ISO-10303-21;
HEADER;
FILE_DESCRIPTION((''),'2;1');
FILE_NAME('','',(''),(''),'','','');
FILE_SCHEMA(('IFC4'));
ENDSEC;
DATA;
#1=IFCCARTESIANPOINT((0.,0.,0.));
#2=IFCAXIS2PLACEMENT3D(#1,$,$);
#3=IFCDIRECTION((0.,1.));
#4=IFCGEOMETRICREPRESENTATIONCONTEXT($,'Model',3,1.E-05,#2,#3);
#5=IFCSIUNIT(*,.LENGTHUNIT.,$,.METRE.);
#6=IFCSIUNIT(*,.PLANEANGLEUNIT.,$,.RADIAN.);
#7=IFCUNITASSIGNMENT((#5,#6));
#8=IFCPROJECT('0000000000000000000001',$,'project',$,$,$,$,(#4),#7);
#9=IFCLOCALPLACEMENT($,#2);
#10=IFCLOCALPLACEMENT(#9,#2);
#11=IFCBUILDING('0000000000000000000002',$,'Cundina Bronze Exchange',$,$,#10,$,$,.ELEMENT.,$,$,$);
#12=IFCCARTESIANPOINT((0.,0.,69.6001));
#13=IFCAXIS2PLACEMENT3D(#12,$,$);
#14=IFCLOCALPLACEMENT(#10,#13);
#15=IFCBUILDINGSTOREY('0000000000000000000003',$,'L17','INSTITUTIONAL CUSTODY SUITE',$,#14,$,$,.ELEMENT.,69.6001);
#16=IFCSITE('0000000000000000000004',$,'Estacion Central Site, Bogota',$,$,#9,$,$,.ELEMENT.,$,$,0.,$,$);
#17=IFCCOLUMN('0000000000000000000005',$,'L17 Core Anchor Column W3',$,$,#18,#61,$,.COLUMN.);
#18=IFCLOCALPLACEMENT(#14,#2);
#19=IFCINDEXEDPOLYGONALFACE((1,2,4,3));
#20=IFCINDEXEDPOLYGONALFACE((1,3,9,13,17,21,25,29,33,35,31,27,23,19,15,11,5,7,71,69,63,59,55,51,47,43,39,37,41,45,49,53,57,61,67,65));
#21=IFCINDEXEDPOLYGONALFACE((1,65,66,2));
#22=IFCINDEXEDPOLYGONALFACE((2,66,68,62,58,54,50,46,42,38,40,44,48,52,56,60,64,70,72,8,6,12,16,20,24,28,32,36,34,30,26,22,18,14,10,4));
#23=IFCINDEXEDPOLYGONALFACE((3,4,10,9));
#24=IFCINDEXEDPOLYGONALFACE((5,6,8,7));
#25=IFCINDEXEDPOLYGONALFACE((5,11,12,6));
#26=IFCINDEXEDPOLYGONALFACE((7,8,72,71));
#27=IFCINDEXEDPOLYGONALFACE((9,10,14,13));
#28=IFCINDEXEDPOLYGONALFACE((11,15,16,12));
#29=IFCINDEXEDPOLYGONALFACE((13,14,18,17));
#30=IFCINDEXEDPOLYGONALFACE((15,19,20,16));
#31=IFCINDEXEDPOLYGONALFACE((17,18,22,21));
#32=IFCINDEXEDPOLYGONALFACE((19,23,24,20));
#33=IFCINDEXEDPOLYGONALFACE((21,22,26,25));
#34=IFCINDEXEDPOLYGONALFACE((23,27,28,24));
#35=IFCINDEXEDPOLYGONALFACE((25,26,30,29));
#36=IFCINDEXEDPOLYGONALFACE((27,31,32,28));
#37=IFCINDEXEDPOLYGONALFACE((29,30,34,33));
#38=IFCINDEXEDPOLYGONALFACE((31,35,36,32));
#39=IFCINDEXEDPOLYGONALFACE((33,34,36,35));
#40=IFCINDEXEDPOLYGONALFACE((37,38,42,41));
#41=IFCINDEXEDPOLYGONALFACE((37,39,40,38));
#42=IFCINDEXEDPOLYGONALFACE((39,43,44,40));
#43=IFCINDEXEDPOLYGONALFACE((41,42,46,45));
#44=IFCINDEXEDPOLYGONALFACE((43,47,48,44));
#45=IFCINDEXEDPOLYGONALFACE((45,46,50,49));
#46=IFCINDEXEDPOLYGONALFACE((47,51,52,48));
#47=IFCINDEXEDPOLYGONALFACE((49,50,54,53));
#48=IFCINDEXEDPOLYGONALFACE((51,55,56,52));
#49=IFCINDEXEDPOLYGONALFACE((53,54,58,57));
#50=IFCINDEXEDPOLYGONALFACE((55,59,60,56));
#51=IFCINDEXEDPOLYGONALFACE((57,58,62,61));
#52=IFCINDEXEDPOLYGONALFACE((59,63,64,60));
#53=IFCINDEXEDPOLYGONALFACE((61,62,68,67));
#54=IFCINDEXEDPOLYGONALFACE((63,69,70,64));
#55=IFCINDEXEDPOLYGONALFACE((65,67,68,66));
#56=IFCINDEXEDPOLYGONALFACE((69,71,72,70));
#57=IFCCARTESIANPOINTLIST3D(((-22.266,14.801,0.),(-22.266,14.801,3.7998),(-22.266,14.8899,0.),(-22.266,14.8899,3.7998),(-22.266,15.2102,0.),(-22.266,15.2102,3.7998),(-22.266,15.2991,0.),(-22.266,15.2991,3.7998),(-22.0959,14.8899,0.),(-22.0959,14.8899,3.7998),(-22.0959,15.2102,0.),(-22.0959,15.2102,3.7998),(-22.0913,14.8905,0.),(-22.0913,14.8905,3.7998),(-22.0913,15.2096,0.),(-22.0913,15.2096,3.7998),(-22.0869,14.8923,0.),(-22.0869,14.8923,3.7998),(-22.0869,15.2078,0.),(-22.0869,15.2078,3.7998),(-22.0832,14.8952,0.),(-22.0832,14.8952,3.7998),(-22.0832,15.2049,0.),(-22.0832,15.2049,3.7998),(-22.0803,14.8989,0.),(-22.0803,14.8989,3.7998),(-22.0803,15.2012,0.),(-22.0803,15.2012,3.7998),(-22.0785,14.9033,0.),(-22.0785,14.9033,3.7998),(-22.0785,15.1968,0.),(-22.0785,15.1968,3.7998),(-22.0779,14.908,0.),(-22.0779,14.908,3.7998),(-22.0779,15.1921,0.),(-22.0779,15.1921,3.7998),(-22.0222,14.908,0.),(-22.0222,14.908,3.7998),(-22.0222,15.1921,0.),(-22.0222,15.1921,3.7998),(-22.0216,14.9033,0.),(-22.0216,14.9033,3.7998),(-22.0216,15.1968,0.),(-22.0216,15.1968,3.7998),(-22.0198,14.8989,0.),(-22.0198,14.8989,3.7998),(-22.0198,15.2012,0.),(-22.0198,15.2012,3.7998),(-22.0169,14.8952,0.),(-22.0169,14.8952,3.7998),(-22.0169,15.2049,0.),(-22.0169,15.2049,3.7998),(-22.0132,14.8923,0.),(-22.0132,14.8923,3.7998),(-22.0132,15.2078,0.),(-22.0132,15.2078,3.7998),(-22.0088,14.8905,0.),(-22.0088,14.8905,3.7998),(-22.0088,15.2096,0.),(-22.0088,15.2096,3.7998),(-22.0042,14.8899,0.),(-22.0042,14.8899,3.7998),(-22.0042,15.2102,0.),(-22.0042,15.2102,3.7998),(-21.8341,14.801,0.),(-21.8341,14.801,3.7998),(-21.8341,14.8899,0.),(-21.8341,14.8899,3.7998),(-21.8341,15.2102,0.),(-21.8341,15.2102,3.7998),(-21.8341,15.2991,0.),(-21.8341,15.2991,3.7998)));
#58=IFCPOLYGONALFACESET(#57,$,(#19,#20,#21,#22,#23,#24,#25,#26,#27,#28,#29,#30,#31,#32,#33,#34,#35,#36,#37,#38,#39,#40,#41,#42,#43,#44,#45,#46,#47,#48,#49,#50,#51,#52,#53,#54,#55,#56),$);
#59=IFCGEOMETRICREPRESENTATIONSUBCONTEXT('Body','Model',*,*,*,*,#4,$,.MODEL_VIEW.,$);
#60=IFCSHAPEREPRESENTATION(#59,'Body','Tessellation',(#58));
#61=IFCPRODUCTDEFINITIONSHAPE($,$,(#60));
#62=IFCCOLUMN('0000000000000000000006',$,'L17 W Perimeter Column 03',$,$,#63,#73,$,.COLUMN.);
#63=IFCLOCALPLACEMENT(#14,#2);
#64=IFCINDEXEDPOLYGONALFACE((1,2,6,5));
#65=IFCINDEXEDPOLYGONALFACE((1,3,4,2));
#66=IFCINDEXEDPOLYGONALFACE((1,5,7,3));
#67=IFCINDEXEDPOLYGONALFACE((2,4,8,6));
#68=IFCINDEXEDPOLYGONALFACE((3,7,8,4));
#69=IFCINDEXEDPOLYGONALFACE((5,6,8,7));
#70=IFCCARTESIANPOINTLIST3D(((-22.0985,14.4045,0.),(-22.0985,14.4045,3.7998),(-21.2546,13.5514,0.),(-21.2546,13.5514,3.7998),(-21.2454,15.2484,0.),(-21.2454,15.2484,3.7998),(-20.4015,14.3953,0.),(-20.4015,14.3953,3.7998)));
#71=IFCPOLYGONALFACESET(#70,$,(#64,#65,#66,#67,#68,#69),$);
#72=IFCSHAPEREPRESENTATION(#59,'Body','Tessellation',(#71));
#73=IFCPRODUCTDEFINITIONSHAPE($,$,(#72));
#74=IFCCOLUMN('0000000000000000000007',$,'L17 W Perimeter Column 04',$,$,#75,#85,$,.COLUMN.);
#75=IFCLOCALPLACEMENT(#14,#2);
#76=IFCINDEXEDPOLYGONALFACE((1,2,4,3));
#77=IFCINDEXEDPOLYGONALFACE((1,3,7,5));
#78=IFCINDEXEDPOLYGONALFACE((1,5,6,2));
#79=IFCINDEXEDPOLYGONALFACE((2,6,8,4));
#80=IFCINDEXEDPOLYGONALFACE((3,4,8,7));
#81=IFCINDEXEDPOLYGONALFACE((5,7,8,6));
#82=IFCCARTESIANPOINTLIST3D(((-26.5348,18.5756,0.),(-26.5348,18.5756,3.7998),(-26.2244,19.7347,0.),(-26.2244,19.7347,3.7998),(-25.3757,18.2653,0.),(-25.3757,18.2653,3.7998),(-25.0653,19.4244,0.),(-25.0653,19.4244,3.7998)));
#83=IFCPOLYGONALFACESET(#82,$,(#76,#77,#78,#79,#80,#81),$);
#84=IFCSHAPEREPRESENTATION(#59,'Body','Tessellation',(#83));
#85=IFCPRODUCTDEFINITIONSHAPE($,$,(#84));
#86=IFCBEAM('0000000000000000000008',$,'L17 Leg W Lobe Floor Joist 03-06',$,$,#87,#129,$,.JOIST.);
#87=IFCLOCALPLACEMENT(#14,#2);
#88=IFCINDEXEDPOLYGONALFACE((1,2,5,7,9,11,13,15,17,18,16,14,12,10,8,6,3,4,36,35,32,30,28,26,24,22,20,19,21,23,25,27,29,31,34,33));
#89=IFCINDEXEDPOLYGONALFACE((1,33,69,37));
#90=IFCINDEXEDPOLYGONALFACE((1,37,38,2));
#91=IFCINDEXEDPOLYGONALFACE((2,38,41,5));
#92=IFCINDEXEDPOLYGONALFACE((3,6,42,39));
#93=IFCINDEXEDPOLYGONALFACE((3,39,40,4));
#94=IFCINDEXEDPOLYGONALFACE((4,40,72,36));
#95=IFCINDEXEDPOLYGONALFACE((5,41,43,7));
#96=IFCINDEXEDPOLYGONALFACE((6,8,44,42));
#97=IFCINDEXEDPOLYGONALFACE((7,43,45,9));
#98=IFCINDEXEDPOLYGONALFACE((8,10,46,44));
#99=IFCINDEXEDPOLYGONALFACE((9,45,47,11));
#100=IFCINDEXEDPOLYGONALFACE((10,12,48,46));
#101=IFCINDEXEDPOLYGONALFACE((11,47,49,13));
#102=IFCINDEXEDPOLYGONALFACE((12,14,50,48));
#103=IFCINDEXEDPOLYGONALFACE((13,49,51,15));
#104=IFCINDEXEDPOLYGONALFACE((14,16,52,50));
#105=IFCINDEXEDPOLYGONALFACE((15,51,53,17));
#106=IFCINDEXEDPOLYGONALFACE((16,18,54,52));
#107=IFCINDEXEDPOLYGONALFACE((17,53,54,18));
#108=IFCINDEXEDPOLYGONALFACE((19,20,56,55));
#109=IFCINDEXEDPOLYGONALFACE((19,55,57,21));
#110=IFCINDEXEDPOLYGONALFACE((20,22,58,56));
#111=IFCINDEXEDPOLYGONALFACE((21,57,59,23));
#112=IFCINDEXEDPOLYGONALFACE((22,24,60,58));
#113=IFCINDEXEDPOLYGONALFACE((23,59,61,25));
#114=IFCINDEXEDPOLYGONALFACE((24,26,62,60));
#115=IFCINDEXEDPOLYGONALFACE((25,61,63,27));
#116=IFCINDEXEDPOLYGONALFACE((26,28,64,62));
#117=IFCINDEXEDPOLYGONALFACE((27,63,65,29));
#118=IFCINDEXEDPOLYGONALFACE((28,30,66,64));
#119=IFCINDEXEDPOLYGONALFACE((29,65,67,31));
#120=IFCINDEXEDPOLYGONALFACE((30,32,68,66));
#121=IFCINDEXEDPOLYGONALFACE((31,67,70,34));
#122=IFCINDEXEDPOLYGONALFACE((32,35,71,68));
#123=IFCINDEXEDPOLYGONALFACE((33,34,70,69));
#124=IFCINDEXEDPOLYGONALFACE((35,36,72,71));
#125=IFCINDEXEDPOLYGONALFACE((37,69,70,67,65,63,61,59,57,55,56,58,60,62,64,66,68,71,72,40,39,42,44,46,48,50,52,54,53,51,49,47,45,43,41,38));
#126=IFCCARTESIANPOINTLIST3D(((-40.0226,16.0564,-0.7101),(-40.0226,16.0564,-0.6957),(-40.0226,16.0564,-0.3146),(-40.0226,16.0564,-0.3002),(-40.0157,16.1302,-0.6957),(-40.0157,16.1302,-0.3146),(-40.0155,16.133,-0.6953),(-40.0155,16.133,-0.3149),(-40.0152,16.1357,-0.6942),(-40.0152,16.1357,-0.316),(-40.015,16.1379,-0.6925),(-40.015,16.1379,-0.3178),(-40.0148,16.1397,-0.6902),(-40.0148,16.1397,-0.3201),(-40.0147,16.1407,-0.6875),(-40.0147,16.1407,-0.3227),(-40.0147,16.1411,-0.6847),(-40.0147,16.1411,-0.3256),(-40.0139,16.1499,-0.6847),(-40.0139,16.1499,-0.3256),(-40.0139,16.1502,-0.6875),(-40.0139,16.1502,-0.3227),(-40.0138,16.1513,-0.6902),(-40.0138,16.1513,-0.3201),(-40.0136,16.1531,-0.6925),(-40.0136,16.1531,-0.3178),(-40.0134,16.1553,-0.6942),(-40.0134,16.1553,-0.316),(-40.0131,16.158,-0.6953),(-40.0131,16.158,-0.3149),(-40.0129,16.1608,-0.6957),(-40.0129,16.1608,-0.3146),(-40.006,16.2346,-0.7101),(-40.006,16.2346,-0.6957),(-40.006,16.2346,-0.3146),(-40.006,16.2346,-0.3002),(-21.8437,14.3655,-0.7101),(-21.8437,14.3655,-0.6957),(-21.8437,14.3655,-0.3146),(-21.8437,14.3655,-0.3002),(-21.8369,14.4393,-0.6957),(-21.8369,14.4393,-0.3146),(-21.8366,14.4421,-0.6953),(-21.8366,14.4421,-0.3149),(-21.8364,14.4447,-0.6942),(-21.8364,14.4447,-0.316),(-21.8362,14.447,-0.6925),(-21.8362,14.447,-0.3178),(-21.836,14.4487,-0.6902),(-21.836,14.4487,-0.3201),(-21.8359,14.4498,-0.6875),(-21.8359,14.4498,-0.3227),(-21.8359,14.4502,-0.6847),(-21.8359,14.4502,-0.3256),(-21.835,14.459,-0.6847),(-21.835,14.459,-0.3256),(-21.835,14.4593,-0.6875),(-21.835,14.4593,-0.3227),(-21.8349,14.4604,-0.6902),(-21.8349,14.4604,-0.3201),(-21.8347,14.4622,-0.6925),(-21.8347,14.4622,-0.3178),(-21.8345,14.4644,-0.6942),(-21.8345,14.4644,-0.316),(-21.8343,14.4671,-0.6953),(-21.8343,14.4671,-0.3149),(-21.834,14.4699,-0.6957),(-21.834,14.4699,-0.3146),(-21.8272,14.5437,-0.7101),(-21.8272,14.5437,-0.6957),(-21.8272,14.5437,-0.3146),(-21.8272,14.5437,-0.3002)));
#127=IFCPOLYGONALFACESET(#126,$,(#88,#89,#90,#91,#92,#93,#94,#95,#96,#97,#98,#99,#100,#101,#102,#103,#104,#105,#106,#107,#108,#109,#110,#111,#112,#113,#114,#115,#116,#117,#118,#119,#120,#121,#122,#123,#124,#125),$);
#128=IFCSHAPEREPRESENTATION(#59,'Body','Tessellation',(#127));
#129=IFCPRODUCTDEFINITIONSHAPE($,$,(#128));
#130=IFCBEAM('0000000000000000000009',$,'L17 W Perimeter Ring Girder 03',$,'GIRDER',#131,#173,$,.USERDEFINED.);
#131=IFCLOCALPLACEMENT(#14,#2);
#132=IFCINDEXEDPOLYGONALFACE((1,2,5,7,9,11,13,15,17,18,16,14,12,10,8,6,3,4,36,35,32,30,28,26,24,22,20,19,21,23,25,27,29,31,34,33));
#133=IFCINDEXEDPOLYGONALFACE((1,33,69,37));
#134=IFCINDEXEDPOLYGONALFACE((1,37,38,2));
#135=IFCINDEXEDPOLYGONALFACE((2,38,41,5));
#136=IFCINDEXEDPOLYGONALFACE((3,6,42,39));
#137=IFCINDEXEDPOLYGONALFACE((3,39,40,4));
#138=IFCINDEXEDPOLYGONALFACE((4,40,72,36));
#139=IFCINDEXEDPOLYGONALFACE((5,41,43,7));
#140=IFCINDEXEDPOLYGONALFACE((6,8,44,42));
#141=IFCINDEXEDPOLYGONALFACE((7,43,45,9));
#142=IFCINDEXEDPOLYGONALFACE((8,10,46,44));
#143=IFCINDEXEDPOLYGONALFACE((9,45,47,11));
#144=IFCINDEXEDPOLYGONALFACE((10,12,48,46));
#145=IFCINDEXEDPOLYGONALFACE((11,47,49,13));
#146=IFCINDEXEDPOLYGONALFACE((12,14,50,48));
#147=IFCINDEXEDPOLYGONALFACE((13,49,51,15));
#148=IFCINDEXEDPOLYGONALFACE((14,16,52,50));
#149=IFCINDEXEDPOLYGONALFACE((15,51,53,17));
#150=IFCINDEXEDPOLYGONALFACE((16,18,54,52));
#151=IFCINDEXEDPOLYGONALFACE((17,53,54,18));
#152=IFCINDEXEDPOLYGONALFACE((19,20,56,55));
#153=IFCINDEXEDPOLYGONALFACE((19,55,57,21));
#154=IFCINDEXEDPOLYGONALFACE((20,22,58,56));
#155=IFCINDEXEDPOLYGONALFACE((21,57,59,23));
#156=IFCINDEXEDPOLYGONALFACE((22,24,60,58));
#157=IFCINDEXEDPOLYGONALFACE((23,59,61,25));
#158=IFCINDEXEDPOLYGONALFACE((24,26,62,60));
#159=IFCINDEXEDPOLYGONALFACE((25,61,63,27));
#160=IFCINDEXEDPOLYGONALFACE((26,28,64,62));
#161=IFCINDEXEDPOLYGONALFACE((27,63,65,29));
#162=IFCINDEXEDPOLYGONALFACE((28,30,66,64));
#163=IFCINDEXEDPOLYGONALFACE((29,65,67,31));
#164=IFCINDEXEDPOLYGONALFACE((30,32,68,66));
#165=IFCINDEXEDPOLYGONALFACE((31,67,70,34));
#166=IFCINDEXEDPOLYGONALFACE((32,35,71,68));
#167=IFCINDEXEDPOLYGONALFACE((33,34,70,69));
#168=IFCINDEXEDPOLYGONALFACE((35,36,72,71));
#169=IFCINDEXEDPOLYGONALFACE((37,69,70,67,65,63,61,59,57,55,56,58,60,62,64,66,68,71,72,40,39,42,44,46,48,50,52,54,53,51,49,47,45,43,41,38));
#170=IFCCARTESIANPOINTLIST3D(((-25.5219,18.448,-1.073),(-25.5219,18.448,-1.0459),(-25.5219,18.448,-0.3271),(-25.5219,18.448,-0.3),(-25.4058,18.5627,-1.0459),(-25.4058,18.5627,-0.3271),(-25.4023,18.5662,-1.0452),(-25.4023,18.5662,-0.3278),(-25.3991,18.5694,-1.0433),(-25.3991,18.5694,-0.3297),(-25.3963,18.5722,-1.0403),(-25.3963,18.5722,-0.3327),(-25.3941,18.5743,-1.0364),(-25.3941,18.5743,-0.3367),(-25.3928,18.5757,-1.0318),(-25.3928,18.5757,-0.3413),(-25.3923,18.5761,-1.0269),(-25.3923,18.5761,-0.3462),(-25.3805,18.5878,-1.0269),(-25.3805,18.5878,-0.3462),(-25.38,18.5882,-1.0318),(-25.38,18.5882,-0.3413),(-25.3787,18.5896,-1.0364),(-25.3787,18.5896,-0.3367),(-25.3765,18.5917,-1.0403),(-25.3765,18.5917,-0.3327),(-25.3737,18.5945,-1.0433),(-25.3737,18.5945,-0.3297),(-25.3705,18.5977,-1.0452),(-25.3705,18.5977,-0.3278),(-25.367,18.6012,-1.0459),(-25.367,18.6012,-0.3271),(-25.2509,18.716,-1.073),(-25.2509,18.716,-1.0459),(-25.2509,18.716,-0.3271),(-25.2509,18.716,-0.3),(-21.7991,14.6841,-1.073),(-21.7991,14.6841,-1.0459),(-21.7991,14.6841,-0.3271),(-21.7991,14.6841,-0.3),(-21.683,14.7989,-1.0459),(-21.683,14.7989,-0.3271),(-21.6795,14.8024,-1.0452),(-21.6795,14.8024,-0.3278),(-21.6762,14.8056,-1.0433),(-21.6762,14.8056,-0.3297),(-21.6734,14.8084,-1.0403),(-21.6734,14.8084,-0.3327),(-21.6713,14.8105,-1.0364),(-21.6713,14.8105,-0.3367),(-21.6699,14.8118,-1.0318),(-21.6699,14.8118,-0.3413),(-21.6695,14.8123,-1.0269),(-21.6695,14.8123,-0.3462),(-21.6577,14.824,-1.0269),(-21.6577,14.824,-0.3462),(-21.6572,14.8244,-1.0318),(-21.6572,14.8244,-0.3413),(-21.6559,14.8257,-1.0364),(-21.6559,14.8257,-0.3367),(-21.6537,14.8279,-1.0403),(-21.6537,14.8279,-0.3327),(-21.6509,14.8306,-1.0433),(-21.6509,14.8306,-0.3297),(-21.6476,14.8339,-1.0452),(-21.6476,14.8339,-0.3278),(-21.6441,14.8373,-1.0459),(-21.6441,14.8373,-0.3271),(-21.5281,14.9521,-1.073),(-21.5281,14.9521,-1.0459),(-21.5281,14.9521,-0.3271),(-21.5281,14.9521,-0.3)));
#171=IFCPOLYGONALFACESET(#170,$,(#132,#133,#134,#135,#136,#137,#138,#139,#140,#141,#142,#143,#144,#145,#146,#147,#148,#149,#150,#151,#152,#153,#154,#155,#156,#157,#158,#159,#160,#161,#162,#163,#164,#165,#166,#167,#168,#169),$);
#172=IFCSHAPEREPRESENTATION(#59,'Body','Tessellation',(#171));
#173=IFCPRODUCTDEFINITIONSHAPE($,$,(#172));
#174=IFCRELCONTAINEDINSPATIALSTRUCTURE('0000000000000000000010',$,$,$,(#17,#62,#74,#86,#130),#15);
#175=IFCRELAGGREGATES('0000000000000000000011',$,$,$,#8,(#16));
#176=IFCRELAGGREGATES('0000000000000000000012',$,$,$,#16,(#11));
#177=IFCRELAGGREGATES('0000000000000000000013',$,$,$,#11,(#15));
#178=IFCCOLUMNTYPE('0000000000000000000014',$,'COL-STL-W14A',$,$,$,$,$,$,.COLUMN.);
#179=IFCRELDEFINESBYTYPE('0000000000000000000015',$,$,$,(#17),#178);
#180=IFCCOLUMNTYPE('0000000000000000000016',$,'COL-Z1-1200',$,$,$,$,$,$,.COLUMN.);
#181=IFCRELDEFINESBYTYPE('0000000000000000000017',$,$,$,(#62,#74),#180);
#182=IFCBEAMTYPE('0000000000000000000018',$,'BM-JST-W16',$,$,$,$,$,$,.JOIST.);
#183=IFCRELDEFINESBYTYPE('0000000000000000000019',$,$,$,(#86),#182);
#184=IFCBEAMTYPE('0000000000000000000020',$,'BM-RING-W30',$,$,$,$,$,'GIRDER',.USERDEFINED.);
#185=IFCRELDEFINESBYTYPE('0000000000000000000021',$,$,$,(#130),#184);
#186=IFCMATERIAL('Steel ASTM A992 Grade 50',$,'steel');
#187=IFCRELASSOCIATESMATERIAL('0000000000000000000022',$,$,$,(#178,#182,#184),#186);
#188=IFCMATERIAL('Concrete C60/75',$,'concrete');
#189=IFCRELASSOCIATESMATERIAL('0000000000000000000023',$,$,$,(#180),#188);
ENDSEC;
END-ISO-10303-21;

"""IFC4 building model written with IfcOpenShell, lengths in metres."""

from ifc_helpers import new_model, si_unit, direction, frame, origin, origin_2d, place, context, subcontext, project, spatial, rectangle, i_section, extrude, material, material_profile, profile_set, type_object, element, save


model = new_model("IFC4")

# Units and contexts
model_context = context("Model", 3, precision=1e-05, world=origin(), true_north=direction((0.0, 1.0)))
body_context = subcontext(model_context, "Body", "Model", "MODEL_VIEW")
ifc_project = project(units=[si_unit("LENGTHUNIT", "METRE"), si_unit("PLANEANGLEUNIT", "RADIAN")], contexts=[model_context])

# Site, building, storey
site_placement = place(None, origin())
site = spatial("IfcSite", under=ifc_project, at=site_placement, Name="Estacion Central Site, Bogota", CompositionType="ELEMENT", RefElevation=0.0)
building_placement = place(site_placement, origin())
building = spatial("IfcBuilding", under=site, at=building_placement, Name="Cundina Bronze Exchange", CompositionType="ELEMENT")
storey_placement = place(building_placement, frame((0.0, 0.0, 69.6001)))
storey = spatial("IfcBuildingStorey", under=building, at=storey_placement, Name="L17", Description="INSTITUTIONAL CUSTODY SUITE", CompositionType="ELEMENT", Elevation=69.6001)

# Columns
ifc_material_1 = material(Name="Steel ASTM A992 Grade 50", Category="steel")
ifc_material_profile_1 = material_profile(ifc_material_1, i_section(OverallWidth=0.4319, OverallDepth=0.498, WebThickness=0.0557, FlangeThickness=0.0889, FilletRadius=0.0181, at=origin_2d()), Name="W14X500", Category="steel")
ifc_profile_set_1 = profile_set([ifc_material_profile_1], Name="Steel ASTM A992 Grade 50")
column_type_1 = type_object("IfcColumnType", Name="COL-STL-W14A", PredefinedType="COLUMN", material=ifc_profile_set_1)
column_placement = place(storey_placement, frame((-22.05, 15.05, 0.0), z_axis=(0.0, 0.0, 1.0), x_axis=(1.0, 0.0, 0.0)))
element("IfcColumn", 1, at=column_placement, inside=storey, type_object=column_type_1, Name="L17 Core Anchor Column W3", PredefinedType="COLUMN", context=body_context, shape_type="SweptSolid", body=[
    extrude(i_section(OverallWidth=0.4319, OverallDepth=0.498, WebThickness=0.0557, FlangeThickness=0.0889, FilletRadius=0.0181, at=origin_2d()), origin(), (0.0, 0.0, 1.0), 3.7998),
])
ifc_material_2 = material(Name="Concrete C60/75", Category="concrete")
ifc_material_profile_2 = material_profile(ifc_material_2, rectangle(XDim=1.2, YDim=1.2, at=origin_2d()), Name="RC1200X1200", Category="concrete")
ifc_profile_set_2 = profile_set([ifc_material_profile_2], Name="Concrete C60/75")
column_type_2 = type_object("IfcColumnType", Name="COL-Z1-1200", PredefinedType="COLUMN", material=ifc_profile_set_2)
for number, where, z_axis, x_axis, name in (
    (2, (-21.25, 14.3999, 0.0), (0.0, 0.0, 1.0), (-0.703271, 0.710922, 0.0), "L17 W Perimeter Column 03"),
    (3, (-25.8, 19.0, 0.0), (0.0, 0.0, 1.0), (-0.965971, 0.25865, 0.0), "L17 W Perimeter Column 04"),
):
    element("IfcColumn", number, at=place(storey_placement, frame(where, z_axis=z_axis, x_axis=x_axis)), inside=storey, type_object=column_type_2, Name=name, PredefinedType="COLUMN", context=body_context, shape_type="SweptSolid", body=[
        extrude(rectangle(XDim=1.2, YDim=1.2, at=origin_2d()), origin(), (0.0, 0.0, 1.0), 3.7998),
    ])

# Beams
ifc_material_profile_3 = material_profile(ifc_material_1, i_section(OverallWidth=0.179, OverallDepth=0.4099, WebThickness=0.0088, FlangeThickness=0.0144, FilletRadius=0.011, at=origin_2d()), Name="W16X45", Category="steel")
ifc_profile_set_3 = profile_set([ifc_material_profile_3], Name="Steel ASTM A992 Grade 50")
beam_type_1 = type_object("IfcBeamType", Name="BM-JST-W16", PredefinedType="JOIST", material=ifc_profile_set_3)
beam_1_placement = place(storey_placement, frame((-21.8354, 14.4546, -0.5051), z_axis=(-0.995702, 0.092615, 0.0), x_axis=(-0.092615, -0.995702, 0.0)))
element("IfcBeam", 4, at=beam_1_placement, inside=storey, type_object=beam_type_1, Name="L17 Leg W Lobe Floor Joist 03-06", PredefinedType="JOIST", context=body_context, shape_type="SweptSolid", body=[
    extrude(i_section(OverallWidth=0.179, OverallDepth=0.4099, WebThickness=0.0088, FlangeThickness=0.0144, FilletRadius=0.011, at=origin_2d()), origin(), (0.0, 0.0, 1.0), 18.2573),
])
ifc_material_profile_4 = material_profile(ifc_material_1, i_section(OverallWidth=0.3811, OverallDepth=0.7729, WebThickness=0.0166, FlangeThickness=0.0271, FilletRadius=0.019, at=origin_2d()), Name="W30X173", Category="steel")
ifc_profile_set_4 = profile_set([ifc_material_profile_4], Name="Steel ASTM A992 Grade 50")
beam_type_2 = type_object("IfcBeamType", Name="BM-RING-W30", ElementType="GIRDER", PredefinedType="USERDEFINED", material=ifc_profile_set_4)
beam_2_placement = place(storey_placement, frame((-21.6636, 14.8181, -0.6865), z_axis=(-0.703222, 0.71097, 0.0), x_axis=(-0.71097, -0.703222, 0.0)))
element("IfcBeam", 5, at=beam_2_placement, inside=storey, type_object=beam_type_2, Name="L17 W Perimeter Ring Girder 03", ObjectType="GIRDER", PredefinedType="USERDEFINED", context=body_context, shape_type="SweptSolid", body=[
    extrude(i_section(OverallWidth=0.3811, OverallDepth=0.7729, WebThickness=0.0166, FlangeThickness=0.0271, FilletRadius=0.019, at=origin_2d()), origin(), (0.0, 0.0, 1.0), 5.2939),
])

save(model, "model.ifc")
